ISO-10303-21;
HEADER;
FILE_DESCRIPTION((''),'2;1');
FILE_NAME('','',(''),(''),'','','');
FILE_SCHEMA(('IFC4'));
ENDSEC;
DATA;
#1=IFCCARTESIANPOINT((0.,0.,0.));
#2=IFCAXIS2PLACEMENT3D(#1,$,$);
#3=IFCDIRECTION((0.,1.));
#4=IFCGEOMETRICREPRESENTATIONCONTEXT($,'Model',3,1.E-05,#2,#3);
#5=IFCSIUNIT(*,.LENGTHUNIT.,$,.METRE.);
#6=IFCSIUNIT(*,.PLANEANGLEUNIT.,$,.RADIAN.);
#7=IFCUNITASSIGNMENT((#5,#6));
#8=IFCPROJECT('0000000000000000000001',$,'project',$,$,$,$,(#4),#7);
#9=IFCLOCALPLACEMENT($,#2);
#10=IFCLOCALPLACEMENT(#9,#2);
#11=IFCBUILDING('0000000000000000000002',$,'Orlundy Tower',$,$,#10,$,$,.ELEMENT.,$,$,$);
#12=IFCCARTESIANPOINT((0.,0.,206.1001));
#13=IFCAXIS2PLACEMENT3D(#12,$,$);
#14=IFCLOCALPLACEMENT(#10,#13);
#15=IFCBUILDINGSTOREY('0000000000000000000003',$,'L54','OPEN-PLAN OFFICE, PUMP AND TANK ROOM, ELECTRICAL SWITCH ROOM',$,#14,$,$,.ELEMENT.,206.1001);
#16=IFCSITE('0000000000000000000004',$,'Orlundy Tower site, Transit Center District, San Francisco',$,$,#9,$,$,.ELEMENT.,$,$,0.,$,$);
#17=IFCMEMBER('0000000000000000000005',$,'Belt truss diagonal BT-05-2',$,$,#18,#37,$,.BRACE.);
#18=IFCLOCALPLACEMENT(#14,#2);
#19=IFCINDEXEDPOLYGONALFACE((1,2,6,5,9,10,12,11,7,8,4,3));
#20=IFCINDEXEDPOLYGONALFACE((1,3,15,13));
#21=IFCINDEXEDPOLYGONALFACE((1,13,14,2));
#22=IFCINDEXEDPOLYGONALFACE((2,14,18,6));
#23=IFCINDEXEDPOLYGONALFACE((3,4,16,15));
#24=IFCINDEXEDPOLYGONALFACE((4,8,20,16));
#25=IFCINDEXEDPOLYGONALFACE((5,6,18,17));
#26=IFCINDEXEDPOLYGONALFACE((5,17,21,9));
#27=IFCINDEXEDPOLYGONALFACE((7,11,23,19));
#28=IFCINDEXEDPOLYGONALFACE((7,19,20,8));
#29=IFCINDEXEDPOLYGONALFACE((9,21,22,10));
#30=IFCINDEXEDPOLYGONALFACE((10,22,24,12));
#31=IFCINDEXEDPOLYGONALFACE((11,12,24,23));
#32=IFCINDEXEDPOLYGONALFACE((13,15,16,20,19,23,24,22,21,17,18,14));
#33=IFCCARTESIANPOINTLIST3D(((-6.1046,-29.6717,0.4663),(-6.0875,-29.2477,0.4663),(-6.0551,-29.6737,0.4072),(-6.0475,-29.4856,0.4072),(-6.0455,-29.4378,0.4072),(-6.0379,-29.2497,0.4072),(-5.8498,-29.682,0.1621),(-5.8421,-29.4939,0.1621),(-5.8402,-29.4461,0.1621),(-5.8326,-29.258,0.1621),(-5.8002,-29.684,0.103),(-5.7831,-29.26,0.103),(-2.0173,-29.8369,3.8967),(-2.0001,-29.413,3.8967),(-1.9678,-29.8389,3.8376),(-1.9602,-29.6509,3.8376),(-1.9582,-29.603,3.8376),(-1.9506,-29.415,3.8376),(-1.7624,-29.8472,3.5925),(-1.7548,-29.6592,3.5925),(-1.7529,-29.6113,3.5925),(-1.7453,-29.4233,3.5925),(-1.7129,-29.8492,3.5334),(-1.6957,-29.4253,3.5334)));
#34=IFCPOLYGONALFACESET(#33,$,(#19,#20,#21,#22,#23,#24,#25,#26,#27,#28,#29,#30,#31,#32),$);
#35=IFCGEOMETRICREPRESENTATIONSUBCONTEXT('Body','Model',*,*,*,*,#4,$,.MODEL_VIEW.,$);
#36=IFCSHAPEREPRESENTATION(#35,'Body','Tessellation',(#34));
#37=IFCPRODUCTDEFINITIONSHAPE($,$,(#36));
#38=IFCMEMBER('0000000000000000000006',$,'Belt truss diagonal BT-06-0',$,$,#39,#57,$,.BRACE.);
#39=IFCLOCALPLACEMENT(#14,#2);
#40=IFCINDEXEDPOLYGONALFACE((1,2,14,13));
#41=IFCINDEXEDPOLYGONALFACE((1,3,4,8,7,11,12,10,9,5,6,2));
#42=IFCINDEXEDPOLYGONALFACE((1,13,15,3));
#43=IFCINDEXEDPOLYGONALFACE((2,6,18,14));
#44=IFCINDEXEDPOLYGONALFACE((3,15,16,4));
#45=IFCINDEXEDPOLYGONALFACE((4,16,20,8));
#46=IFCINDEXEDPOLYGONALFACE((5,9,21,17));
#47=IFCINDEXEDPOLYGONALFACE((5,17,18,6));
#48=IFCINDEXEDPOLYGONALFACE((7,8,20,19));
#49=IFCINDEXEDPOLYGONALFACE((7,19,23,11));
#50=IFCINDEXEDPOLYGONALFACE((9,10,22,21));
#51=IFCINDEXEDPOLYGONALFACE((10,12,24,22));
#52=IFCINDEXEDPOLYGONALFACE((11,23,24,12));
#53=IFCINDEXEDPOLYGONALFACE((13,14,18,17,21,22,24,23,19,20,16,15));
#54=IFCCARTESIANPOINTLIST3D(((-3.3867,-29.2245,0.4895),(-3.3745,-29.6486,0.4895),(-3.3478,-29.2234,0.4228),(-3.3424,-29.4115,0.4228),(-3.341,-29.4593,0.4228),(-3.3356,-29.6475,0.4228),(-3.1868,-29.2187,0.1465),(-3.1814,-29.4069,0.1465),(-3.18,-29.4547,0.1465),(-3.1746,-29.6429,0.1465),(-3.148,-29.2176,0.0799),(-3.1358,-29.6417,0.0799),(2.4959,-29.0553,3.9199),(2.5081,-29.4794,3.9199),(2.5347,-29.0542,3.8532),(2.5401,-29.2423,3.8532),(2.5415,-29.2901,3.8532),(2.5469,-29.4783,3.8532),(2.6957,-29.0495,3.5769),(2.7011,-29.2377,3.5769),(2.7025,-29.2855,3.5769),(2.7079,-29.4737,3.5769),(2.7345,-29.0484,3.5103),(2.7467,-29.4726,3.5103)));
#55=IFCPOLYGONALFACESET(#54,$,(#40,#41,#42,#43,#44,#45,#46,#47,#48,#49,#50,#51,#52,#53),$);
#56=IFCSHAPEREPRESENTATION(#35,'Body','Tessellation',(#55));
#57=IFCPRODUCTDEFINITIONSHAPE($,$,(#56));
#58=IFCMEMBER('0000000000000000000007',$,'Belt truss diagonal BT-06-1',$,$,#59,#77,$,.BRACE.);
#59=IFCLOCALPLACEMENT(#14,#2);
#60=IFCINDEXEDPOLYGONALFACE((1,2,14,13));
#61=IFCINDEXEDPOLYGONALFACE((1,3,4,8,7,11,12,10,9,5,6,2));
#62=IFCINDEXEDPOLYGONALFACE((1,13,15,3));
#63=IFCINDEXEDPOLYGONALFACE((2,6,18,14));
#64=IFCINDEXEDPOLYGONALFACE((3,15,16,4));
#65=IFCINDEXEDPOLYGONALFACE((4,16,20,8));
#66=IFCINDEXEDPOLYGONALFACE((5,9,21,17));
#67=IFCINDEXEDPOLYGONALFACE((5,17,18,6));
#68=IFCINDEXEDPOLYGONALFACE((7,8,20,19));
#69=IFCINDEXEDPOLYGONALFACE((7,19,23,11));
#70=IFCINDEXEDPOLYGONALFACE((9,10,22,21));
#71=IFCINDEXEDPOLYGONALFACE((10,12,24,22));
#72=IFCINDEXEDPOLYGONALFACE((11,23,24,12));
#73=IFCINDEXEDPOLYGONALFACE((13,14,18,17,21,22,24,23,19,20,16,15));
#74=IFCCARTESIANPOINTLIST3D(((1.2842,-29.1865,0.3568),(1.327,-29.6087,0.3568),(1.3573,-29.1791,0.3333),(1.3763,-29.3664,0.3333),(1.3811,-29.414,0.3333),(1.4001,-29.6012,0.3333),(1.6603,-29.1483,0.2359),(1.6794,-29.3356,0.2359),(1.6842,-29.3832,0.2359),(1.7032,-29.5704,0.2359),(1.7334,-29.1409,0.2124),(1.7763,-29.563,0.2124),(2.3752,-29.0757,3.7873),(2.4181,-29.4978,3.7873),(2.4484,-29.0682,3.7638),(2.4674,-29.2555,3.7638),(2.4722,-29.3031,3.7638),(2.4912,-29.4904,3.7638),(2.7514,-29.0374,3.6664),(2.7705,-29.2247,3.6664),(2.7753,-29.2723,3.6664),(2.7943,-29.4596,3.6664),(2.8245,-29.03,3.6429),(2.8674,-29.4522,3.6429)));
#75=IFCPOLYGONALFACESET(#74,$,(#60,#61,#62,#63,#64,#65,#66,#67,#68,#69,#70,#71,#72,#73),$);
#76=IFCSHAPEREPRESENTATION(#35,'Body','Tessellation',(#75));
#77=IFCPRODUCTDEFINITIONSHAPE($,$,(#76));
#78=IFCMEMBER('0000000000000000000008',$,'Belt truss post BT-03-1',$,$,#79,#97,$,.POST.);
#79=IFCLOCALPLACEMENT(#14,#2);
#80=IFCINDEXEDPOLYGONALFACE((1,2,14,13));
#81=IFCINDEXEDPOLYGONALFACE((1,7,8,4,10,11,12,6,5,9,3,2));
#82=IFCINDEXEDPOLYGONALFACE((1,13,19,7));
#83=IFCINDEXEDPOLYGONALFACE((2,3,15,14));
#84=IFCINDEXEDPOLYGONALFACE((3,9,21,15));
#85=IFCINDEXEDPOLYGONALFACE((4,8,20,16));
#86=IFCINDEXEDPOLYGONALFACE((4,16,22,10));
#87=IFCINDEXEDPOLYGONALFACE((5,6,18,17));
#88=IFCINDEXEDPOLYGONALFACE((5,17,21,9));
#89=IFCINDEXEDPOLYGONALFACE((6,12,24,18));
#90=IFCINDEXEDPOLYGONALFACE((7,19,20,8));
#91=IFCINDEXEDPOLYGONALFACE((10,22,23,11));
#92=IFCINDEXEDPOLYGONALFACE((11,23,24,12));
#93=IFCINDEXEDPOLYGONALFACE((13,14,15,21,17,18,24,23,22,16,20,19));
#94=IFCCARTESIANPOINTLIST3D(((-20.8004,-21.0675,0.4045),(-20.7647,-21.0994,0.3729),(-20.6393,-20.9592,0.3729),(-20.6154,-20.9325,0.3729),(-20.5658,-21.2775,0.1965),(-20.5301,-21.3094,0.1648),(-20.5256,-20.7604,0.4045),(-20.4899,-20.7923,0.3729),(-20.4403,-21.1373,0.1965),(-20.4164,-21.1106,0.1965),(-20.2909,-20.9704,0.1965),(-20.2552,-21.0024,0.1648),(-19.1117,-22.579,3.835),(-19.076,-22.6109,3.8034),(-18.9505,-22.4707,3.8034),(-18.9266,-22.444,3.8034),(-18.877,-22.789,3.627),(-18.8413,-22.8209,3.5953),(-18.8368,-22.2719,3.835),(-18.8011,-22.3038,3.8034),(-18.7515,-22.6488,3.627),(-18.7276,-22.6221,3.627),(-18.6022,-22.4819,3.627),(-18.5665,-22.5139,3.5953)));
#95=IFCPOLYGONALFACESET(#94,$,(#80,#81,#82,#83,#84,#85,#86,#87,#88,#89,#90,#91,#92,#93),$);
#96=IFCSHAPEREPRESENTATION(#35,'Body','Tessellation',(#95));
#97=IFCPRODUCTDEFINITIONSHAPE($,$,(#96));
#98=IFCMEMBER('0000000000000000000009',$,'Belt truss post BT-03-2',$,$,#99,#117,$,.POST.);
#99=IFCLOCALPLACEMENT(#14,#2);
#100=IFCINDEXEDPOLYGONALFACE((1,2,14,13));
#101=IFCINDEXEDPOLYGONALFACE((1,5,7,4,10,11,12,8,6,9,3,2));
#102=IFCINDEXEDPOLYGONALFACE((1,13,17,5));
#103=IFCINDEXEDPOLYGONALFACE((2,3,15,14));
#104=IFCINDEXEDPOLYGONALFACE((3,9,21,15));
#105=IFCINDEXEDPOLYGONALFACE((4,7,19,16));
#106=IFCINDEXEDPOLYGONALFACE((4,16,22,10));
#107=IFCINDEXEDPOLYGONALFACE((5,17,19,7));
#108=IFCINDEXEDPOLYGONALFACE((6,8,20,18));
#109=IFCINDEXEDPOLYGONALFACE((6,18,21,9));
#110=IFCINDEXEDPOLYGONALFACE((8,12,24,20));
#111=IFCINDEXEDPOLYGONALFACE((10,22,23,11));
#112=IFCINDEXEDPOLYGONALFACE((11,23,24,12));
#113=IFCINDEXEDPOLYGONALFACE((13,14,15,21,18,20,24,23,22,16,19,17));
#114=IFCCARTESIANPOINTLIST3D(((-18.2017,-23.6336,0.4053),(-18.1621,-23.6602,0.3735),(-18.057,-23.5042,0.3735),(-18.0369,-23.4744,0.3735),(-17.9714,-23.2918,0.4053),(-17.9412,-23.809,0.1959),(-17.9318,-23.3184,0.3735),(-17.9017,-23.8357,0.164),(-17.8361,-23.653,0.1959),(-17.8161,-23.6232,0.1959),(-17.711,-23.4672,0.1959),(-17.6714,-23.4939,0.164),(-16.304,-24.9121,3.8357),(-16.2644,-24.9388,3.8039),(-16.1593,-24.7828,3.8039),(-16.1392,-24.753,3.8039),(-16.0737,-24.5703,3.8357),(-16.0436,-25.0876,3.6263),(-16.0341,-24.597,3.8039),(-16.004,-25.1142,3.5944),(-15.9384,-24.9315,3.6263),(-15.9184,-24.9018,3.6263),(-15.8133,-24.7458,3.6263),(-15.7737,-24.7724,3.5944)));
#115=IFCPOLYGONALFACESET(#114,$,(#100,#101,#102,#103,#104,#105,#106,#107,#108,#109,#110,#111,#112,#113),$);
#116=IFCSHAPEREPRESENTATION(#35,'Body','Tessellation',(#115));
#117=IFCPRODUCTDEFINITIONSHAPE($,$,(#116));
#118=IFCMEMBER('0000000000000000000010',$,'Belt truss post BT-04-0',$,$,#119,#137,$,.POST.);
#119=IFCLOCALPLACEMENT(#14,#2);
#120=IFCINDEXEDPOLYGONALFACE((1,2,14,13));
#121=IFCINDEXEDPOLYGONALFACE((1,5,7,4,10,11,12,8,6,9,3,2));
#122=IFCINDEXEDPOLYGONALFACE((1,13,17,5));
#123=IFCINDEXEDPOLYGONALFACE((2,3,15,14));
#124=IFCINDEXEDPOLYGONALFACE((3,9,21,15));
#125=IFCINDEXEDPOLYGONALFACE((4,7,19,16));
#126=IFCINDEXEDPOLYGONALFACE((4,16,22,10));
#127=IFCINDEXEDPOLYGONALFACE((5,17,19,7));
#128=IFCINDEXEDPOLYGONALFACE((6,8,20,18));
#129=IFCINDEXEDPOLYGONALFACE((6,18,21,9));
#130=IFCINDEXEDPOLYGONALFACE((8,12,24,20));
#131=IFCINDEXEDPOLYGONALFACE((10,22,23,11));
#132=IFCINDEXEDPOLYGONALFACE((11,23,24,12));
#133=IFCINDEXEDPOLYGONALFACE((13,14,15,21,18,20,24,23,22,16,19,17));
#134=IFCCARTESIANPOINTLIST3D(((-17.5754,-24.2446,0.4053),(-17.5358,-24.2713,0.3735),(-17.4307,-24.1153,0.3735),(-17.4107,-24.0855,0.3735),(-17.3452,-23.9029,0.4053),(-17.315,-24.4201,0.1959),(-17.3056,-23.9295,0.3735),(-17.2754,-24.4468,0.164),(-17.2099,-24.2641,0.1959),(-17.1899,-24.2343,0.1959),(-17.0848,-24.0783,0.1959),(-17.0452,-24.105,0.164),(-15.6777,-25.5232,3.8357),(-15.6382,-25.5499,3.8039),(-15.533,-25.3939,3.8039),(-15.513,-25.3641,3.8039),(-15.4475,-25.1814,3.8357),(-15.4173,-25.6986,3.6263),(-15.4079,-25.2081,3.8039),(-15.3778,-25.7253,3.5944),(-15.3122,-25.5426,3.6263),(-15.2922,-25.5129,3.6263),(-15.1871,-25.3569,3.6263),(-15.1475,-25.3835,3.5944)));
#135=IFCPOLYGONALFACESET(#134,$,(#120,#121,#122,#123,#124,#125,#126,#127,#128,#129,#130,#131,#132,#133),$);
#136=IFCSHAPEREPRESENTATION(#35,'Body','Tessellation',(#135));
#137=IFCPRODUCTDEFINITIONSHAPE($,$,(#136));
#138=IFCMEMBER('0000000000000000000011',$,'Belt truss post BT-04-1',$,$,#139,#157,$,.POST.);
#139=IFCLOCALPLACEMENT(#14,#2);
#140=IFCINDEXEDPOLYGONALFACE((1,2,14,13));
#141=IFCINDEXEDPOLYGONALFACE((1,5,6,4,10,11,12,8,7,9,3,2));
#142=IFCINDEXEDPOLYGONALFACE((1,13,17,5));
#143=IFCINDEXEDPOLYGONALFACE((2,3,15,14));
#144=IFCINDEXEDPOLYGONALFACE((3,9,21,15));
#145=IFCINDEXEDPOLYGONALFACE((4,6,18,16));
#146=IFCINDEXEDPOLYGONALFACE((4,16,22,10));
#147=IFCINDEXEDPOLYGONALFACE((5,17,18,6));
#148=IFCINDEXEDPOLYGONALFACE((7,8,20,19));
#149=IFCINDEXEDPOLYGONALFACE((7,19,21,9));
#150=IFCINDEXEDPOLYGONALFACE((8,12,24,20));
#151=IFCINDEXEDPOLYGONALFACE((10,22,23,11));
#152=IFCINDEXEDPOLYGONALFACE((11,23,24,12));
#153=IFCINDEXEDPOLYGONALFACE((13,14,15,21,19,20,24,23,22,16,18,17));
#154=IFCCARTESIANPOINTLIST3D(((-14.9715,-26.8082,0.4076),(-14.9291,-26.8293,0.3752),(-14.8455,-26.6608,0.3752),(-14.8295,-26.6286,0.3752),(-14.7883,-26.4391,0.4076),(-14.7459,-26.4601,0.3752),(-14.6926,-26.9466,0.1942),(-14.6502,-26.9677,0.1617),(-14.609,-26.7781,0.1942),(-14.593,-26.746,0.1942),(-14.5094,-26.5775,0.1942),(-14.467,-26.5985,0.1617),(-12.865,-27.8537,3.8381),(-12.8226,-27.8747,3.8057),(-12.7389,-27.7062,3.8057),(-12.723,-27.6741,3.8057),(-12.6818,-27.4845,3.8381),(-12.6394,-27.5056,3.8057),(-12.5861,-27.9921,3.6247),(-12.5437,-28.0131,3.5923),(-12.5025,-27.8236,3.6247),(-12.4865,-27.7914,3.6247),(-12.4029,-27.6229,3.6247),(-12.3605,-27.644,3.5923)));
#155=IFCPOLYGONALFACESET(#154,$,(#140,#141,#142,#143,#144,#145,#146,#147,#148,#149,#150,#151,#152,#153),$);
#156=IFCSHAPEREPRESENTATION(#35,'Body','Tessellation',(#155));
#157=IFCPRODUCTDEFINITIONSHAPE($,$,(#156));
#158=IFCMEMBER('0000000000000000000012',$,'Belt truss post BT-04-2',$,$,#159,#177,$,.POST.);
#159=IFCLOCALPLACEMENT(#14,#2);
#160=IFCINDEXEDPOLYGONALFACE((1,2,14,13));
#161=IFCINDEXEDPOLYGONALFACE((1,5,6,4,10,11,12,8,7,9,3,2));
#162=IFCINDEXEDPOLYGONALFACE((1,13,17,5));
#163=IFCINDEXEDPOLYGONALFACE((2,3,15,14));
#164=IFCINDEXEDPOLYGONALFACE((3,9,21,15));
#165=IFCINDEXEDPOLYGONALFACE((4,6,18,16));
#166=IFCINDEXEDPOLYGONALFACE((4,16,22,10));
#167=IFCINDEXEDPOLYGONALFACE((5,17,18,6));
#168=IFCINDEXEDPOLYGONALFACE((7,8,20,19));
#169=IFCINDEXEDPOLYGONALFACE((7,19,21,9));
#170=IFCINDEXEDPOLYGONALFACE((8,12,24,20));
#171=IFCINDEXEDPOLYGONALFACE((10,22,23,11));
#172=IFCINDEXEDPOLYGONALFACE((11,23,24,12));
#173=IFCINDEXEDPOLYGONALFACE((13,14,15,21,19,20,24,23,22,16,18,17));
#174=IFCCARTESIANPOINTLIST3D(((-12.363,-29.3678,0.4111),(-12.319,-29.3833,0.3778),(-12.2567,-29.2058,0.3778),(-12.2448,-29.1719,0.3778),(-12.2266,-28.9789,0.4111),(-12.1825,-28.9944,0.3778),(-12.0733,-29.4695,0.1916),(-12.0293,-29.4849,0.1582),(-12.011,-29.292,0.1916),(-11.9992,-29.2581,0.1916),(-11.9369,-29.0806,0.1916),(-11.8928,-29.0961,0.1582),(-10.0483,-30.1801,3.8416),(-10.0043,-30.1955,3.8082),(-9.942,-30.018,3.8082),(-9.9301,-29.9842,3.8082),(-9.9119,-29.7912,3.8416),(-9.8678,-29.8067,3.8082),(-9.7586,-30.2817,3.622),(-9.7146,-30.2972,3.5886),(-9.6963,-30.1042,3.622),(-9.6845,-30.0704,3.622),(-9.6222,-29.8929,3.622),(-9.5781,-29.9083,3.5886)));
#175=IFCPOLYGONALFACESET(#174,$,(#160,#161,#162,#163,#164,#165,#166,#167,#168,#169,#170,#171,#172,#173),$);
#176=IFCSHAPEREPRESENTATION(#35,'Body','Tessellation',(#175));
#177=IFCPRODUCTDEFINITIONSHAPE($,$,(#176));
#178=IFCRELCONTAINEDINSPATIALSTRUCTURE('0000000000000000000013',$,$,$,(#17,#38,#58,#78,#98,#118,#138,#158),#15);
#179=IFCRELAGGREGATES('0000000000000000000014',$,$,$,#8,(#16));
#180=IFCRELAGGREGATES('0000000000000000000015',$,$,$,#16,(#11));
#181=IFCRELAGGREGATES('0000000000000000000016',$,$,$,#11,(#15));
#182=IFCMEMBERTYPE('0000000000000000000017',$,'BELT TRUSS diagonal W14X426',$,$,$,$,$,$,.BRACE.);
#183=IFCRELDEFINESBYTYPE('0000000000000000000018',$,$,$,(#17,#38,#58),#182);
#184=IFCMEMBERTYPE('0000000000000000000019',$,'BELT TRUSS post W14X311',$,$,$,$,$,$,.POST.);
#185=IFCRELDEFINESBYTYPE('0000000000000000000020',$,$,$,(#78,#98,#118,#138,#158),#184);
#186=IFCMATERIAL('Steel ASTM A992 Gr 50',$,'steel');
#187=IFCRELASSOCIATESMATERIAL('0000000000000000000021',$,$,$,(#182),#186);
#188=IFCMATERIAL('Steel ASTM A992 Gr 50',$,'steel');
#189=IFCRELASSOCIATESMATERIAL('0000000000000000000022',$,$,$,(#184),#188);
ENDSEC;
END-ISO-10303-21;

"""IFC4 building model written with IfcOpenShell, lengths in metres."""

from ifc_helpers import new_model, si_unit, direction, frame, origin, origin_2d, place, context, subcontext, project, spatial, i_section, extrude, material, material_profile, profile_set, type_object, element, save


model = new_model("IFC4")

# Units and contexts
model_context = context("Model", 3, precision=1e-05, world=origin(), true_north=direction((0.0, 1.0)))
body_context = subcontext(model_context, "Body", "Model", "MODEL_VIEW")
ifc_project = project(units=[si_unit("LENGTHUNIT", "METRE"), si_unit("PLANEANGLEUNIT", "RADIAN")], contexts=[model_context])

# Site, building, storey
site_placement = place(None, origin())
site = spatial("IfcSite", under=ifc_project, at=site_placement, Name="Orlundy Tower site, Transit Center District, San Francisco", CompositionType="ELEMENT", RefElevation=0.0)
building_placement = place(site_placement, origin())
building = spatial("IfcBuilding", under=site, at=building_placement, Name="Orlundy Tower", CompositionType="ELEMENT")
storey_placement = place(building_placement, frame((0.0, 0.0, 206.1001)))
storey = spatial("IfcBuildingStorey", under=building, at=storey_placement, Name="L54", Description="OPEN-PLAN OFFICE, PUMP AND TANK ROOM, ELECTRICAL SWITCH ROOM", CompositionType="ELEMENT", Elevation=206.1001)

# Members
ifc_material_1 = material(Name="Steel ASTM A992 Gr 50", Category="steel")
ifc_material_profile_1 = material_profile(ifc_material_1, i_section(OverallWidth=0.4243, OverallDepth=0.4741, WebThickness=0.0479, FlangeThickness=0.0771, at=origin_2d()), Name="W14X426")
ifc_profile_set_1 = profile_set([ifc_material_profile_1], Name="Steel ASTM A992 Gr 50")
member_type_1 = type_object("IfcMemberType", Name="BELT TRUSS diagonal W14X426", PredefinedType="BRACE", material=ifc_profile_set_1)
member_1_placement = place(storey_placement, frame((-5.9438, -29.4658, 0.2847), z_axis=(0.765614, -0.030959, 0.642554), x_axis=(0.040404, 0.999183, 0.0)))
element("IfcMember", 1, at=member_1_placement, inside=storey, type_object=member_type_1, Name="Belt truss diagonal BT-05-2", PredefinedType="BRACE", context=body_context, shape_type="SweptSolid", body=[
    extrude(i_section(OverallWidth=0.4243, OverallDepth=0.4741, WebThickness=0.0479, FlangeThickness=0.0771, at=origin_2d()), origin(), (0.0, 0.0, 1.0), 5.3386),
])
member_2_placement = place(storey_placement, frame((-3.2612, -29.4331, 0.2847), z_axis=(0.863581, 0.024838, 0.503597), x_axis=(-0.028749, 0.999587, 0.0)))
element("IfcMember", 2, at=member_2_placement, inside=storey, type_object=member_type_1, Name="Belt truss diagonal BT-06-0", PredefinedType="BRACE", context=body_context, shape_type="SweptSolid", body=[
    extrude(i_section(OverallWidth=0.4243, OverallDepth=0.4741, WebThickness=0.0479, FlangeThickness=0.0771, at=origin_2d()), origin(), (0.0, 0.0, 1.0), 6.8118),
])
member_3_placement = place(storey_placement, frame((2.6213, -29.2639, 3.7151), z_axis=(-0.302951, -0.030776, -0.952509), x_axis=(0.101069, -0.994879, 0.0)))
element("IfcMember", 3, at=member_3_placement, inside=storey, type_object=member_type_1, Name="Belt truss diagonal BT-06-1", PredefinedType="BRACE", context=body_context, shape_type="SweptSolid", body=[
    extrude(i_section(OverallWidth=0.4243, OverallDepth=0.4741, WebThickness=0.0479, FlangeThickness=0.0771, at=origin_2d()), origin(), (0.0, 0.0, 1.0), 3.6016),
])
ifc_material_2 = material(Name="Steel ASTM A992 Gr 50", Category="steel")
ifc_material_profile_2 = material_profile(ifc_material_2, i_section(OverallWidth=0.4121, OverallDepth=0.4348, WebThickness=0.0359, FlangeThickness=0.0574, at=origin_2d()), Name="W14X311")
ifc_profile_set_2 = profile_set([ifc_material_profile_2], Name="Steel ASTM A992 Gr 50")
member_type_2 = type_object("IfcMemberType", Name="BELT TRUSS post W14X311", PredefinedType="POST", material=ifc_profile_set_2)
member_4_placement = place(storey_placement, frame((-20.5278, -21.0349, 0.2847), z_axis=(0.410735, -0.367625, 0.834355), x_axis=(0.666921, 0.745129, 0.0)))
element("IfcMember", 4, at=member_4_placement, inside=storey, type_object=member_type_2, Name="Belt truss post BT-03-1", PredefinedType="POST", context=body_context, shape_type="SweptSolid", body=[
    extrude(i_section(OverallWidth=0.4121, OverallDepth=0.4348, WebThickness=0.0359, FlangeThickness=0.0574, at=origin_2d()), origin(), (0.0, 0.0, 1.0), 4.1116),
])
for number, where, z_axis, x_axis, name in (
    (5, (-17.9365, -23.5637, 0.2847), (0.46021, -0.310063, 0.831906), (0.558756, 0.829332, 0.0), "Belt truss post BT-03-2"),
    (6, (-17.3103, -24.1748, 0.2847), (0.46021, -0.310063, 0.831906), (0.558756, 0.829332, 0.0), "Belt truss post BT-04-0"),
):
    element("IfcMember", number, at=place(storey_placement, frame(where, z_axis=z_axis, x_axis=x_axis)), inside=storey, type_object=member_type_2, Name=name, PredefinedType="POST", context=body_context, shape_type="SweptSolid", body=[
        extrude(i_section(OverallWidth=0.4121, OverallDepth=0.4348, WebThickness=0.0359, FlangeThickness=0.0574, at=origin_2d()), origin(), (0.0, 0.0, 1.0), 4.1235),
    ])
member_5_placement = place(storey_placement, frame((-14.7192, -26.7034, 0.2847), z_axis=(0.506472, -0.251357, 0.824807), x_axis=(0.444554, 0.895752, 0.0)))
element("IfcMember", 7, at=member_5_placement, inside=storey, type_object=member_type_2, Name="Belt truss post BT-04-1", PredefinedType="POST", context=body_context, shape_type="SweptSolid", body=[
    extrude(i_section(OverallWidth=0.4121, OverallDepth=0.4348, WebThickness=0.0359, FlangeThickness=0.0574, at=origin_2d()), origin(), (0.0, 0.0, 1.0), 4.1592),
])
member_6_placement = place(storey_placement, frame((-12.1279, -29.2319, 0.2847), z_axis=(0.548862, -0.192602, 0.813422), x_axis=(0.331117, 0.94359, 0.0)))
element("IfcMember", 8, at=member_6_placement, inside=storey, type_object=member_type_2, Name="Belt truss post BT-04-2", PredefinedType="POST", context=body_context, shape_type="SweptSolid", body=[
    extrude(i_section(OverallWidth=0.4121, OverallDepth=0.4348, WebThickness=0.0359, FlangeThickness=0.0574, at=origin_2d()), origin(), (0.0, 0.0, 1.0), 4.2173),
])

save(model, "model.ifc")
